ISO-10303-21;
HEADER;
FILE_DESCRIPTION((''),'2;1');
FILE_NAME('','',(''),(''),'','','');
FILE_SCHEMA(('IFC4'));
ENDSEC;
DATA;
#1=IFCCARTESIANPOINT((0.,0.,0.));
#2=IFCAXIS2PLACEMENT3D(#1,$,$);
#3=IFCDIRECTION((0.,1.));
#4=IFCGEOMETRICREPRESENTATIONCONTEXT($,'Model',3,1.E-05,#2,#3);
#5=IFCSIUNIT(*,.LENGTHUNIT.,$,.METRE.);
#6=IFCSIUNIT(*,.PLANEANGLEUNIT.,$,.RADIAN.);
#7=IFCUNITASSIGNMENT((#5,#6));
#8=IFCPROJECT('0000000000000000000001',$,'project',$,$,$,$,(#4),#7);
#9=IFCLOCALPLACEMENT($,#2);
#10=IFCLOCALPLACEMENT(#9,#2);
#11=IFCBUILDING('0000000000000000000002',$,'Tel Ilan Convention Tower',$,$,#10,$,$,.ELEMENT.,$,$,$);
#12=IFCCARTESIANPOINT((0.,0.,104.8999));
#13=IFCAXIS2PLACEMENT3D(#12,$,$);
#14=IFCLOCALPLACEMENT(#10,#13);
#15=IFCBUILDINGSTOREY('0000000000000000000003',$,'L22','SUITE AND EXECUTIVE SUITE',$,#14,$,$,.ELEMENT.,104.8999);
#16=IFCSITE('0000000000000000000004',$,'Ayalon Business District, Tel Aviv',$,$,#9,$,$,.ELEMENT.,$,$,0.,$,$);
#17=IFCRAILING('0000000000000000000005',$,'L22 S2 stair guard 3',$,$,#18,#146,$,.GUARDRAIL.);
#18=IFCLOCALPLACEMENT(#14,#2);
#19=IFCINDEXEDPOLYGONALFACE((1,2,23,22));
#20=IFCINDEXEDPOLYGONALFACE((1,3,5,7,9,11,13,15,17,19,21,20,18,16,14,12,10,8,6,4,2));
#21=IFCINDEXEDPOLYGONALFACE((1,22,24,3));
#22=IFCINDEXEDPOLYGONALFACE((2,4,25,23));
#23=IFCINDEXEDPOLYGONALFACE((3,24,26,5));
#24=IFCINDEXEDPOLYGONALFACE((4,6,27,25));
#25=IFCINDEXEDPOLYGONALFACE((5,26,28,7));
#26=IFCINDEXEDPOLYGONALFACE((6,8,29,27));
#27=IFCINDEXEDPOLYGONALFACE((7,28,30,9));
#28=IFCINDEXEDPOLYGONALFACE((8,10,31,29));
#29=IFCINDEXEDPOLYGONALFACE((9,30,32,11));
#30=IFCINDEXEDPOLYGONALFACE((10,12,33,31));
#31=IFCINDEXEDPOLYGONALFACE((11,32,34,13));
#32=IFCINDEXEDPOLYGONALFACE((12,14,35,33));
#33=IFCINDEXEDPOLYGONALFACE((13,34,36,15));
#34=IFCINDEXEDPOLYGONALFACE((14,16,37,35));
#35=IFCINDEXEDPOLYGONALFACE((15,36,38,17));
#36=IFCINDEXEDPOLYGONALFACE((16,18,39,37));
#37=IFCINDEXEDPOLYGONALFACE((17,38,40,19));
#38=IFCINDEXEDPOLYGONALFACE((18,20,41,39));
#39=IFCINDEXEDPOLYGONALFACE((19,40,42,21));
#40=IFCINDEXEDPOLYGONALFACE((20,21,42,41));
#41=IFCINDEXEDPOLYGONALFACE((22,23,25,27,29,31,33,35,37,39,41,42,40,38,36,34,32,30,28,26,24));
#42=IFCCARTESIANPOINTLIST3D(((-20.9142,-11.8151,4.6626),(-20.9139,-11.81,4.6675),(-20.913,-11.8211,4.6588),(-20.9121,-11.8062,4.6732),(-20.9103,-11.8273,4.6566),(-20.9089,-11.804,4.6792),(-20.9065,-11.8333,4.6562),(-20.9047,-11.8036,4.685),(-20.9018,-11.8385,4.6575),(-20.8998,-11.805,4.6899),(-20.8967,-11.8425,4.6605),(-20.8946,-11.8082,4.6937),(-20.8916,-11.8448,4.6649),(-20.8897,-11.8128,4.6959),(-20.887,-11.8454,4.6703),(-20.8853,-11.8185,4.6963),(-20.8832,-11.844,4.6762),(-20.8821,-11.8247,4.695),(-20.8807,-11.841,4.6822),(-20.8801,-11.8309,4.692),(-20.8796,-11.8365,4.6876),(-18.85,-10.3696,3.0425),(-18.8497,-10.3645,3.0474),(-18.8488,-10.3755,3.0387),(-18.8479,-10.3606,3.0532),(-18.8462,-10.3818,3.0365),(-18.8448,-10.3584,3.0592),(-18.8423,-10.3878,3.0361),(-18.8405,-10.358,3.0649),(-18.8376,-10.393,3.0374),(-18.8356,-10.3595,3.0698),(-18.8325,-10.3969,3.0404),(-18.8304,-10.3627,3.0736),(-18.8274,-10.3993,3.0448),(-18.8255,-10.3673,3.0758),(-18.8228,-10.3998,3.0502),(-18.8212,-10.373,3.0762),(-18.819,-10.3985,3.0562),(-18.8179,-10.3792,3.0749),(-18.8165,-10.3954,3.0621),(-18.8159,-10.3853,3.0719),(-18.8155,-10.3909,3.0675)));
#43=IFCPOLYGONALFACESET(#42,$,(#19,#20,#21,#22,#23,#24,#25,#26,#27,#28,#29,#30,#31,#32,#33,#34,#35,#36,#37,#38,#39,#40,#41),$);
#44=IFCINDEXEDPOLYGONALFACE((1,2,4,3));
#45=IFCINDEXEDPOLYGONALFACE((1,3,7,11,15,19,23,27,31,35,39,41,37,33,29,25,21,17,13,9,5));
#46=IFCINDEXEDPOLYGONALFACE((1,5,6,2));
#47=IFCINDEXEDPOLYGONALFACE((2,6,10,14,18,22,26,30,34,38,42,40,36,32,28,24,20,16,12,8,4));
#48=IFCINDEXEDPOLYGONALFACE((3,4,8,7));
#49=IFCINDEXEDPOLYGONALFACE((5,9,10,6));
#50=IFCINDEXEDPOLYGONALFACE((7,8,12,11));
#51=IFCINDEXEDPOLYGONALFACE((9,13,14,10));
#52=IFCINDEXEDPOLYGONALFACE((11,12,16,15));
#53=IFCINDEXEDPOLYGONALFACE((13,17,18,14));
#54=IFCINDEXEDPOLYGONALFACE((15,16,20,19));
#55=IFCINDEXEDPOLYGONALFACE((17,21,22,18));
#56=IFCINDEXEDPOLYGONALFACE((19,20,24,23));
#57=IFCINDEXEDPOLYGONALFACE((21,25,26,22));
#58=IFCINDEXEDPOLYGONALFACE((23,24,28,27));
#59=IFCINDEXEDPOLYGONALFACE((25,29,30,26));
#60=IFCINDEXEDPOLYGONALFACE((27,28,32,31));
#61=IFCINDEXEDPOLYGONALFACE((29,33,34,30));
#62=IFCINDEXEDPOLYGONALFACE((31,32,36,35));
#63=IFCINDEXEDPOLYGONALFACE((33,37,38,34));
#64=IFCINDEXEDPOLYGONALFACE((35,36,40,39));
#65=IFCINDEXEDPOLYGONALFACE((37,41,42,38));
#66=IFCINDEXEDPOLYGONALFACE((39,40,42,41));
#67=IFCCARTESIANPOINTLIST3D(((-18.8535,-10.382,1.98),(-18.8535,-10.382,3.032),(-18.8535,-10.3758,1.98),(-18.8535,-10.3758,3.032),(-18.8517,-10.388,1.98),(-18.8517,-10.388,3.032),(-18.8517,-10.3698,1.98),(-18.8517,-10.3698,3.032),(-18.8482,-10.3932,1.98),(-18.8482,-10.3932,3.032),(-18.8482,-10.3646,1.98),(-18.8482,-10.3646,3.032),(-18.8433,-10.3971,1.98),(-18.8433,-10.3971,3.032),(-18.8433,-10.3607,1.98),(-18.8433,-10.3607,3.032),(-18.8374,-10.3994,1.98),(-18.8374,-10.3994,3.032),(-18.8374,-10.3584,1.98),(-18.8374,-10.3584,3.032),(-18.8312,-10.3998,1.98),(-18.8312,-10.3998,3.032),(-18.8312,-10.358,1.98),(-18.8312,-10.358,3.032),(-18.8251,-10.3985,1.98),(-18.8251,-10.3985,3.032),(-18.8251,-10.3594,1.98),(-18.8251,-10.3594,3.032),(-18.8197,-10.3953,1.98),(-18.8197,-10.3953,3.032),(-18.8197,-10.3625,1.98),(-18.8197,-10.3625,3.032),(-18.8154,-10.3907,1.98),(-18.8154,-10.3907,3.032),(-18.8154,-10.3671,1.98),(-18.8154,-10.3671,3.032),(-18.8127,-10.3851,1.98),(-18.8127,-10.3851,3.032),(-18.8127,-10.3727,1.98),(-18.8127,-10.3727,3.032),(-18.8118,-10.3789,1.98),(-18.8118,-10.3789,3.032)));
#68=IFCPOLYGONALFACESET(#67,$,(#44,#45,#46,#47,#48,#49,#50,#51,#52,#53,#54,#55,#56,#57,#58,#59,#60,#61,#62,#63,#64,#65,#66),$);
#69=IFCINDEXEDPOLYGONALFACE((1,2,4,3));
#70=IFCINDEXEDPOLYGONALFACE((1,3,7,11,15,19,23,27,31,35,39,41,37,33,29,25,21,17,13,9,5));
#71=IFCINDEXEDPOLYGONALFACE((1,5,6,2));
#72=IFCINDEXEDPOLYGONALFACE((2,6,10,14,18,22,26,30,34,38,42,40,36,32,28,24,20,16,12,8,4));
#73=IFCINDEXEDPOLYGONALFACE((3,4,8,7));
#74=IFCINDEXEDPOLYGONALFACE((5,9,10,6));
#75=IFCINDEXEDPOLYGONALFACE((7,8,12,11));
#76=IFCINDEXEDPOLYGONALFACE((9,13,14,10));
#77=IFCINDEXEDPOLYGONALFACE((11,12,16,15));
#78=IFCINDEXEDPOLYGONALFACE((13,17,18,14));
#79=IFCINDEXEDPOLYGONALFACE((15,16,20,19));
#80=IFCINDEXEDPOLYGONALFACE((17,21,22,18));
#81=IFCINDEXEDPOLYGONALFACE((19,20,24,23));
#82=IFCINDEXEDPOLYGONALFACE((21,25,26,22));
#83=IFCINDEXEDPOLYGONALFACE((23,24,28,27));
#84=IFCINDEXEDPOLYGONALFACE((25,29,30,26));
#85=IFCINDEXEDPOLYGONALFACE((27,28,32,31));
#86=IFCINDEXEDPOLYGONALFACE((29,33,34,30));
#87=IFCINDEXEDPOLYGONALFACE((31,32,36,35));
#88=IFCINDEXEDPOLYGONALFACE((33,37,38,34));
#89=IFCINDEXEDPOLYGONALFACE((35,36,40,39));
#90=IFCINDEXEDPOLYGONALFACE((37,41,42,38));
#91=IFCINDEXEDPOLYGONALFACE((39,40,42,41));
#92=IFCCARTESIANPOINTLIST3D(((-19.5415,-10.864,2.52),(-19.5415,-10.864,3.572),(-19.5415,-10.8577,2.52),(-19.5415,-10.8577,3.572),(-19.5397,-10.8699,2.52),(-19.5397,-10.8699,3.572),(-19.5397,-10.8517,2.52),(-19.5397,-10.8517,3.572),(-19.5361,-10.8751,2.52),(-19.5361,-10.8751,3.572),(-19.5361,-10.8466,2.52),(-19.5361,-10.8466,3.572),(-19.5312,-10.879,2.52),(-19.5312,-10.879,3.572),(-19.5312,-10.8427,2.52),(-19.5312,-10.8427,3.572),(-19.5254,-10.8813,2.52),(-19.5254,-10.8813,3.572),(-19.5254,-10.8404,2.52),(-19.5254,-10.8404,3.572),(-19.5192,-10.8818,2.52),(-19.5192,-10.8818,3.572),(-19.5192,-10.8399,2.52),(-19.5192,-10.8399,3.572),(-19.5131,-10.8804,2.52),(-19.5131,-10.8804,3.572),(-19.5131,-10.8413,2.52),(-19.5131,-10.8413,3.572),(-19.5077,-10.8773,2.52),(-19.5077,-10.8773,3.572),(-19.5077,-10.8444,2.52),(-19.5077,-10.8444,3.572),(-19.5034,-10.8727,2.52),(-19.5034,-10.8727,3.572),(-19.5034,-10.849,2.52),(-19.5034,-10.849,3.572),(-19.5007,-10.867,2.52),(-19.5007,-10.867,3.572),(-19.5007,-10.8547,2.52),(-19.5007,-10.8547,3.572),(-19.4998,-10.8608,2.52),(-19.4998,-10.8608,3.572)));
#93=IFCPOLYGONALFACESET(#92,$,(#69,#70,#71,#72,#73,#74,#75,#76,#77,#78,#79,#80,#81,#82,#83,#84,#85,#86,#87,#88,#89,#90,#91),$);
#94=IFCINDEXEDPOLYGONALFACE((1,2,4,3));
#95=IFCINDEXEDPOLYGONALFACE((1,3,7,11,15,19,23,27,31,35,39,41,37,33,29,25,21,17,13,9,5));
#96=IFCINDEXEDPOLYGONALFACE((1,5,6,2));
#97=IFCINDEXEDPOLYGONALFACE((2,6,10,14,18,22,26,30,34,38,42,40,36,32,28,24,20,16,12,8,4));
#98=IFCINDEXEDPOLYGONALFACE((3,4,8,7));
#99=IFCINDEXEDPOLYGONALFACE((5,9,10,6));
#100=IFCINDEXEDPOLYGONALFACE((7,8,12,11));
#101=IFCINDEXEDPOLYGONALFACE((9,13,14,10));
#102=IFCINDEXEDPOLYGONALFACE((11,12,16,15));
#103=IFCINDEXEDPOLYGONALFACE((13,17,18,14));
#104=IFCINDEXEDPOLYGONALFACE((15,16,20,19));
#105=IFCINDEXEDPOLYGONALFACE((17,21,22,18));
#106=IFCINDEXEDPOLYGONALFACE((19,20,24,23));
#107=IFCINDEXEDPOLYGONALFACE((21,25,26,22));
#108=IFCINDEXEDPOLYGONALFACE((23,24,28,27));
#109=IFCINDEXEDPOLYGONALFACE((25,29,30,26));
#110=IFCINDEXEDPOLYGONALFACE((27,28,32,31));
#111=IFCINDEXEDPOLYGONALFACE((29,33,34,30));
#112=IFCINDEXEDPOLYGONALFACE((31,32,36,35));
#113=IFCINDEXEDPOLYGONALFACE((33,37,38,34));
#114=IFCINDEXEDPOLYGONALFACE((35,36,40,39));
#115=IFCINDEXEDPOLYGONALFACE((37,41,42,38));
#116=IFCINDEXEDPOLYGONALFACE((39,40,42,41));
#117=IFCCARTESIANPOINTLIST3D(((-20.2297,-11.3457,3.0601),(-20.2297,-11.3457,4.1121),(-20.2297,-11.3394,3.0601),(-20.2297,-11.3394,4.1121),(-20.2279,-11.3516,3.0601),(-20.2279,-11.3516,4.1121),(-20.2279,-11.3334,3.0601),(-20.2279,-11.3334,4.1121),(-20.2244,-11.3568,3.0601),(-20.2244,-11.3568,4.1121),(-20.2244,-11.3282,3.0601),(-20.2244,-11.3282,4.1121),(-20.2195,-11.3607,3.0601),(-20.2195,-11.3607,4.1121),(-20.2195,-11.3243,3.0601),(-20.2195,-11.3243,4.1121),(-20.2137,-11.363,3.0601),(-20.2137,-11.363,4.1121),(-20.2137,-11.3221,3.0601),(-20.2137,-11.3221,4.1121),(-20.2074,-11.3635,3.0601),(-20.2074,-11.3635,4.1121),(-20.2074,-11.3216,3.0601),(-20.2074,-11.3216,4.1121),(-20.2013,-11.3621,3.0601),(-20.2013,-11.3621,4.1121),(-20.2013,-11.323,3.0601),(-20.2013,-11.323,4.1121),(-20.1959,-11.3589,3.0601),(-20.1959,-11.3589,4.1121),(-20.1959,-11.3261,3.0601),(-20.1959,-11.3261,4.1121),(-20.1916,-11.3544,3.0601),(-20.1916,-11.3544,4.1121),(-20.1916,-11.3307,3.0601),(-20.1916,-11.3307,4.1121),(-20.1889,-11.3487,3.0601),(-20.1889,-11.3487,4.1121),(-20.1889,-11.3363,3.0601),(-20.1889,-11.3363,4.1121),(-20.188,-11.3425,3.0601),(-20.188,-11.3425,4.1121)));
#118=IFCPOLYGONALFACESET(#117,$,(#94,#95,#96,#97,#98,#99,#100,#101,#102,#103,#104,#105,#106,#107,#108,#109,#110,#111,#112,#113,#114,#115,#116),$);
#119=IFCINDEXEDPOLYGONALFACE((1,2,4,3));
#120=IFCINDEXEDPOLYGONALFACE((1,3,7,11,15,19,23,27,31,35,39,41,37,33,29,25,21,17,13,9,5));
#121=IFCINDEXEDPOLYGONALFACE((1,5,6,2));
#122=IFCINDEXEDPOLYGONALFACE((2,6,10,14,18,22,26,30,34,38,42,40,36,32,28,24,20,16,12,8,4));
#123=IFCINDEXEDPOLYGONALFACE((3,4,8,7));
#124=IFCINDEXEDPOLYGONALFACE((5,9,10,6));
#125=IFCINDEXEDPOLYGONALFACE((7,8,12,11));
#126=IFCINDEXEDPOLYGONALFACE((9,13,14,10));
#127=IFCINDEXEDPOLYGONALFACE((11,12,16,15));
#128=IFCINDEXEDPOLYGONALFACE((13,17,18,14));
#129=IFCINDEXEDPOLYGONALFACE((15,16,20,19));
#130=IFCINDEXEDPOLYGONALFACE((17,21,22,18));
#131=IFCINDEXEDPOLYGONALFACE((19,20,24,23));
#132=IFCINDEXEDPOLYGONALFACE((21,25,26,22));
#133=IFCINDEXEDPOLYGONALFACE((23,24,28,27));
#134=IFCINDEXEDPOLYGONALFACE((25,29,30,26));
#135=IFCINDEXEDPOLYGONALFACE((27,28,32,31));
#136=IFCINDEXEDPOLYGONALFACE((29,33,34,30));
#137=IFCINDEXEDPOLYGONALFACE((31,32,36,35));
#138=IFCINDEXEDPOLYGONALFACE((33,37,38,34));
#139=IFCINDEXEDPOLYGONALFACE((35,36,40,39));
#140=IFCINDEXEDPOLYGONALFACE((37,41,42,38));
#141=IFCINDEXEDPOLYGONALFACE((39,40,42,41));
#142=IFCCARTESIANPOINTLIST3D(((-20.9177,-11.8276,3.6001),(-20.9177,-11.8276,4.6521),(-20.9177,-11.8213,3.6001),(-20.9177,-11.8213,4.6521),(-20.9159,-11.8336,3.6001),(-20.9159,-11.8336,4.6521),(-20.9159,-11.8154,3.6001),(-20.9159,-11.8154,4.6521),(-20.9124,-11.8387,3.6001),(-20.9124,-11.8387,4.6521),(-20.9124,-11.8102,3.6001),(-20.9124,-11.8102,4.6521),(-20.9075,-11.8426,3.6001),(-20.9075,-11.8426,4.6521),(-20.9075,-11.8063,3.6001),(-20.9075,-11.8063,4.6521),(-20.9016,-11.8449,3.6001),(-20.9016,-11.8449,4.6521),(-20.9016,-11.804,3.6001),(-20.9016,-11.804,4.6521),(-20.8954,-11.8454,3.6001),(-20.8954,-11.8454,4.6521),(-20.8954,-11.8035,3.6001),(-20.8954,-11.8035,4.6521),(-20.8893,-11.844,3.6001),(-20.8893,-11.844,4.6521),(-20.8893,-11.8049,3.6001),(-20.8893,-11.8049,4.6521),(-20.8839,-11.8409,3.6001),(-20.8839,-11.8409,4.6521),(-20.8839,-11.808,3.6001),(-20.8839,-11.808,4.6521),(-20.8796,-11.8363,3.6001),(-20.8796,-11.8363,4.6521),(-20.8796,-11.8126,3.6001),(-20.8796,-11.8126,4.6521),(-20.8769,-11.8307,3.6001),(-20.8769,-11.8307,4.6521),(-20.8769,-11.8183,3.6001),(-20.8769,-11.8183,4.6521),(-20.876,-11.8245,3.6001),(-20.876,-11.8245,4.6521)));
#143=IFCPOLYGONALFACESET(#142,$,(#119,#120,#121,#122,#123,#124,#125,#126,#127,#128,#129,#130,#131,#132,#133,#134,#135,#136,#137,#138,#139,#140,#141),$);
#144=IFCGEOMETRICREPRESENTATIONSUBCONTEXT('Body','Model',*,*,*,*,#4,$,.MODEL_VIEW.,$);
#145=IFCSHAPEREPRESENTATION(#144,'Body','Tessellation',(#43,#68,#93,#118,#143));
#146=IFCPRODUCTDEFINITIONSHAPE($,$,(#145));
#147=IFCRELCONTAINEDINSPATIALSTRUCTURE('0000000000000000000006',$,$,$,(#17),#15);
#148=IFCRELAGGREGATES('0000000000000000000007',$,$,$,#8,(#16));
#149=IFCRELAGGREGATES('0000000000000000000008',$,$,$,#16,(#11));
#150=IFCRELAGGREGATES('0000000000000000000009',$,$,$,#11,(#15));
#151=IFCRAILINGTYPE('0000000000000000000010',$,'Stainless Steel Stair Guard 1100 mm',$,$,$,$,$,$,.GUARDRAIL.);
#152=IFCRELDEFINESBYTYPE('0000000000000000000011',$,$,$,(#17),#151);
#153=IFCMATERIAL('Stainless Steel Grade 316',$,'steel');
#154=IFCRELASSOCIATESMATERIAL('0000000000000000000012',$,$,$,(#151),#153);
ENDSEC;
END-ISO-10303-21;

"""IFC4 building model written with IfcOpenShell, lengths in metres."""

from ifc_helpers import new_model, si_unit, direction, frame, origin, origin_2d, place, context, subcontext, project, spatial, circle, extrude, material, type_object, element, save


model = new_model("IFC4")

# Units and contexts
model_context = context("Model", 3, precision=1e-05, world=origin(), true_north=direction((0.0, 1.0)))
body_context = subcontext(model_context, "Body", "Model", "MODEL_VIEW")
ifc_project = project(units=[si_unit("LENGTHUNIT", "METRE"), si_unit("PLANEANGLEUNIT", "RADIAN")], contexts=[model_context])

# Site, building, storey
site_placement = place(None, origin())
site = spatial("IfcSite", under=ifc_project, at=site_placement, Name="Ayalon Business District, Tel Aviv", CompositionType="ELEMENT", RefElevation=0.0)
building_placement = place(site_placement, origin())
building = spatial("IfcBuilding", under=site, at=building_placement, Name="Tel Ilan Convention Tower", CompositionType="ELEMENT")
storey_placement = place(building_placement, frame((0.0, 0.0, 104.8999)))
storey = spatial("IfcBuildingStorey", under=building, at=storey_placement, Name="L22", Description="SUITE AND EXECUTIVE SUITE", CompositionType="ELEMENT", Elevation=104.8999)

# Railing
ifc_material_1 = material(Name="Stainless Steel Grade 316", Category="steel")
railing_type_1 = type_object("IfcRailingType", Name="Stainless Steel Stair Guard 1100 mm", PredefinedType="GUARDRAIL", material=ifc_material_1)
railing_1_placement = place(storey_placement, frame((-18.8328, -10.3789, 1.98)))
element("IfcRailing", 1, at=railing_1_placement, inside=storey, type_object=railing_type_1, Name="L22 S2 stair guard 3", PredefinedType="GUARDRAIL", context=body_context, shape_type="SweptSolid", body=[
    extrude(circle(Radius=0.0239, at=origin_2d()), frame((0.0, 0.0, 1.0762), z_axis=(-0.689013, -0.482513, 0.540779), x_axis=(0.573625, -0.819118, 0.0)), (0.0, 0.0, 1.0), 2.9958),
    extrude(circle(Radius=0.021, at=origin_2d()), origin(), (0.0, 0.0, 1.0), 1.052),
    extrude(circle(Radius=0.021, at=origin_2d()), frame((-0.688, -0.4819, 0.54)), (0.0, 0.0, 1.0), 1.052),
    extrude(circle(Radius=0.021, at=origin_2d()), frame((-1.3762, -0.9636, 1.0801)), (0.0, 0.0, 1.0), 1.052),
    extrude(circle(Radius=0.021, at=origin_2d()), frame((-2.0642, -1.4456, 1.6201)), (0.0, 0.0, 1.0), 1.052),
])

save(model, "model.ifc")
